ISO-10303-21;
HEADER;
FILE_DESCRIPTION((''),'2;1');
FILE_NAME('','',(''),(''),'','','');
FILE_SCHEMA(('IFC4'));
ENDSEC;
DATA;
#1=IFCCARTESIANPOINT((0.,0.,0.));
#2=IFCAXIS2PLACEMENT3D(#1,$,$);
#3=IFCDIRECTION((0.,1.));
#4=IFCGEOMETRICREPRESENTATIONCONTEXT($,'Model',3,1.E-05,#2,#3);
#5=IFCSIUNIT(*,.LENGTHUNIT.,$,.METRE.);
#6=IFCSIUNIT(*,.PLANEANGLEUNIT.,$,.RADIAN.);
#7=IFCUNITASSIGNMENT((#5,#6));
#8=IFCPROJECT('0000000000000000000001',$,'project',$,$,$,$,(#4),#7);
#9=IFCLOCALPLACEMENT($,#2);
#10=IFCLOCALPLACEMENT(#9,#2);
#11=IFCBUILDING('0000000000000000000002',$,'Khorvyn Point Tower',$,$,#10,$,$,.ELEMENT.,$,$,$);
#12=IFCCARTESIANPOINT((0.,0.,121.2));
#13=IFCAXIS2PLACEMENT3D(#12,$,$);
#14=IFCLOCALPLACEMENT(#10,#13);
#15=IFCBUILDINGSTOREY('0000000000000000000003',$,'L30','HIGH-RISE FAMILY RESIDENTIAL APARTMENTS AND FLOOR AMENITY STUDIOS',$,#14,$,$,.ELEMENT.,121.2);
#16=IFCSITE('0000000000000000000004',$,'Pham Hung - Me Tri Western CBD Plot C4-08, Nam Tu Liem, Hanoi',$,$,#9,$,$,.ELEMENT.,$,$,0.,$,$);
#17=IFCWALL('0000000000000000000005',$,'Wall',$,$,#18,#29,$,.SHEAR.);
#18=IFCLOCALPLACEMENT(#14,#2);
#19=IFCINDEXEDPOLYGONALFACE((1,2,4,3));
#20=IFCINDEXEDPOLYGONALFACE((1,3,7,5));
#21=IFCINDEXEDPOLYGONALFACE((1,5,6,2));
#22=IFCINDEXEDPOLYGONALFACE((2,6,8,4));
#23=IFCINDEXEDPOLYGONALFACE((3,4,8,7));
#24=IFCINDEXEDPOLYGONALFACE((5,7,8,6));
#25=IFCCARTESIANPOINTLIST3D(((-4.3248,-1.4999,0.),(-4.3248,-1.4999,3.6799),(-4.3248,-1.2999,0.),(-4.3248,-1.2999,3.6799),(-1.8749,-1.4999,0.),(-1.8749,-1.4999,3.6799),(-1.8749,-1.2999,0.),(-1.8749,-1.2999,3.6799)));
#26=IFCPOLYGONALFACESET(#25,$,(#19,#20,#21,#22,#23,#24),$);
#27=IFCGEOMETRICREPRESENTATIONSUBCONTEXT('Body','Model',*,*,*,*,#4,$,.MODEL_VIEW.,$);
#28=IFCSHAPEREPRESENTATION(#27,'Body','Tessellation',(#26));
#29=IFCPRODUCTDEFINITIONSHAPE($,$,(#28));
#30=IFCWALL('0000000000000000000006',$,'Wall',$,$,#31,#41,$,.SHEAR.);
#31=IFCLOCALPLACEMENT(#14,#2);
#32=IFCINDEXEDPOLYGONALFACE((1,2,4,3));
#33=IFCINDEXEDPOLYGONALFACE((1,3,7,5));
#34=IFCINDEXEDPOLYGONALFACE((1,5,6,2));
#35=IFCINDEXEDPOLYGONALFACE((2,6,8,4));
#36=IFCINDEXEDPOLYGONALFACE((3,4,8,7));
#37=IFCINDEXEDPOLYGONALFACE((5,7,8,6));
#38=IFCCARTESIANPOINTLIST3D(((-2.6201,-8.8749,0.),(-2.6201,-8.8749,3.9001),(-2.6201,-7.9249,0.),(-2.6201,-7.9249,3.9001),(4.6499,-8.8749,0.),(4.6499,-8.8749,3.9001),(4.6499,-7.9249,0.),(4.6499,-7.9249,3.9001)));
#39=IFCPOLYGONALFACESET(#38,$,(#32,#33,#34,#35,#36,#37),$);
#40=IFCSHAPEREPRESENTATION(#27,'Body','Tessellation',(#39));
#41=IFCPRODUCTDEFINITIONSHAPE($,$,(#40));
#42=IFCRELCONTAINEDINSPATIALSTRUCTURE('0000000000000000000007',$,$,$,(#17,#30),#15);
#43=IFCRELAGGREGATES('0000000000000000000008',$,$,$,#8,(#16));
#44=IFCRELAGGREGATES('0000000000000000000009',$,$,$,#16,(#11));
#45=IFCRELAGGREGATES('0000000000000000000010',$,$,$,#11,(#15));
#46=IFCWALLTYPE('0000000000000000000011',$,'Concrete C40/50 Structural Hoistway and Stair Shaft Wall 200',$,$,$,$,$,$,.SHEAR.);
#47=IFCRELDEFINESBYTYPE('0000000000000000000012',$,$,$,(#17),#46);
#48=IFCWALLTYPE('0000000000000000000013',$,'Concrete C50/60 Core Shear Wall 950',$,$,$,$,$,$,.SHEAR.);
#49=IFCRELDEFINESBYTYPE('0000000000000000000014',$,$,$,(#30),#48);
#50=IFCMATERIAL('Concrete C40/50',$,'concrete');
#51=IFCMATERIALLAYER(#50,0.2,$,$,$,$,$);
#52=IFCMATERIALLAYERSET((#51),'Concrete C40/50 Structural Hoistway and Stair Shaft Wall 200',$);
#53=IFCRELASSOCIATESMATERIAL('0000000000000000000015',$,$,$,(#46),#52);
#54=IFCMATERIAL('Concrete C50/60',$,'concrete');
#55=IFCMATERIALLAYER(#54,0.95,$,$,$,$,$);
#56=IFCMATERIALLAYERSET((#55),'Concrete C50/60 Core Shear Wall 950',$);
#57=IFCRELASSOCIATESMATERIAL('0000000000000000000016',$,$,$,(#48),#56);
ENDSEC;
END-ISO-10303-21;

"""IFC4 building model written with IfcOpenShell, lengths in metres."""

from ifc_helpers import new_model, si_unit, direction, frame, frame_2d, origin, place, context, subcontext, project, spatial, rectangle, extrude, material, layer, layer_set, type_object, element, save


model = new_model("IFC4")

# Units and contexts
model_context = context("Model", 3, precision=1e-05, world=origin(), true_north=direction((0.0, 1.0)))
body_context = subcontext(model_context, "Body", "Model", "MODEL_VIEW")
ifc_project = project(units=[si_unit("LENGTHUNIT", "METRE"), si_unit("PLANEANGLEUNIT", "RADIAN")], contexts=[model_context])

# Site, building, storey
site_placement = place(None, origin())
site = spatial("IfcSite", under=ifc_project, at=site_placement, Name="Pham Hung - Me Tri Western CBD Plot C4-08, Nam Tu Liem, Hanoi", CompositionType="ELEMENT", RefElevation=0.0)
building_placement = place(site_placement, origin())
building = spatial("IfcBuilding", under=site, at=building_placement, Name="Khorvyn Point Tower", CompositionType="ELEMENT")
storey_placement = place(building_placement, frame((0.0, 0.0, 121.2)))
storey = spatial("IfcBuildingStorey", under=building, at=storey_placement, Name="L30", Description="HIGH-RISE FAMILY RESIDENTIAL APARTMENTS AND FLOOR AMENITY STUDIOS", CompositionType="ELEMENT", Elevation=121.2)

# Shared definitions
ifc_material_1 = material(Name="Concrete C40/50", Category="concrete")

# Shared definitions
ifc_material_2 = material(Name="Concrete C50/60", Category="concrete")

# Shared definitions
ifc_layer_1 = layer(ifc_material_1, 0.2)
ifc_layer_set_1 = layer_set([ifc_layer_1], Name="Concrete C40/50 Structural Hoistway and Stair Shaft Wall 200")
wall_type_1 = type_object("IfcWallType", Name="Concrete C40/50 Structural Hoistway and Stair Shaft Wall 200", PredefinedType="SHEAR", material=ifc_layer_set_1)

# Walls
wall_1_placement = place(storey_placement, frame((-4.325, -1.3999, 0.0), z_axis=(0.0, 0.0, 1.0), x_axis=(1.0, 0.0, 0.0)))
element("IfcWall", 1, at=wall_1_placement, inside=storey, type_object=wall_type_1, Name="Wall", PredefinedType="SHEAR", context=body_context, shape_type="SweptSolid", body=[
    extrude(rectangle(XDim=2.45, YDim=0.2, at=frame_2d((1.2251, 0.0))), origin(), (0.0, 0.0, 1.0), 3.6799),
])
ifc_layer_2 = layer(ifc_material_2, 0.95)
ifc_layer_set_2 = layer_set([ifc_layer_2], Name="Concrete C50/60 Core Shear Wall 950")
wall_type_2 = type_object("IfcWallType", Name="Concrete C50/60 Core Shear Wall 950", PredefinedType="SHEAR", material=ifc_layer_set_2)
wall_2_placement = place(storey_placement, frame((-2.6201, -8.3999, 0.0), z_axis=(0.0, 0.0, 1.0), x_axis=(1.0, 0.0, 0.0)))
element("IfcWall", 2, at=wall_2_placement, inside=storey, type_object=wall_type_2, Name="Wall", PredefinedType="SHEAR", context=body_context, shape_type="SweptSolid", body=[
    extrude(rectangle(XDim=7.27, YDim=0.95, at=frame_2d((3.635, 0.0))), origin(), (0.0, 0.0, 1.0), 3.9001),
])

save(model, "model.ifc")
